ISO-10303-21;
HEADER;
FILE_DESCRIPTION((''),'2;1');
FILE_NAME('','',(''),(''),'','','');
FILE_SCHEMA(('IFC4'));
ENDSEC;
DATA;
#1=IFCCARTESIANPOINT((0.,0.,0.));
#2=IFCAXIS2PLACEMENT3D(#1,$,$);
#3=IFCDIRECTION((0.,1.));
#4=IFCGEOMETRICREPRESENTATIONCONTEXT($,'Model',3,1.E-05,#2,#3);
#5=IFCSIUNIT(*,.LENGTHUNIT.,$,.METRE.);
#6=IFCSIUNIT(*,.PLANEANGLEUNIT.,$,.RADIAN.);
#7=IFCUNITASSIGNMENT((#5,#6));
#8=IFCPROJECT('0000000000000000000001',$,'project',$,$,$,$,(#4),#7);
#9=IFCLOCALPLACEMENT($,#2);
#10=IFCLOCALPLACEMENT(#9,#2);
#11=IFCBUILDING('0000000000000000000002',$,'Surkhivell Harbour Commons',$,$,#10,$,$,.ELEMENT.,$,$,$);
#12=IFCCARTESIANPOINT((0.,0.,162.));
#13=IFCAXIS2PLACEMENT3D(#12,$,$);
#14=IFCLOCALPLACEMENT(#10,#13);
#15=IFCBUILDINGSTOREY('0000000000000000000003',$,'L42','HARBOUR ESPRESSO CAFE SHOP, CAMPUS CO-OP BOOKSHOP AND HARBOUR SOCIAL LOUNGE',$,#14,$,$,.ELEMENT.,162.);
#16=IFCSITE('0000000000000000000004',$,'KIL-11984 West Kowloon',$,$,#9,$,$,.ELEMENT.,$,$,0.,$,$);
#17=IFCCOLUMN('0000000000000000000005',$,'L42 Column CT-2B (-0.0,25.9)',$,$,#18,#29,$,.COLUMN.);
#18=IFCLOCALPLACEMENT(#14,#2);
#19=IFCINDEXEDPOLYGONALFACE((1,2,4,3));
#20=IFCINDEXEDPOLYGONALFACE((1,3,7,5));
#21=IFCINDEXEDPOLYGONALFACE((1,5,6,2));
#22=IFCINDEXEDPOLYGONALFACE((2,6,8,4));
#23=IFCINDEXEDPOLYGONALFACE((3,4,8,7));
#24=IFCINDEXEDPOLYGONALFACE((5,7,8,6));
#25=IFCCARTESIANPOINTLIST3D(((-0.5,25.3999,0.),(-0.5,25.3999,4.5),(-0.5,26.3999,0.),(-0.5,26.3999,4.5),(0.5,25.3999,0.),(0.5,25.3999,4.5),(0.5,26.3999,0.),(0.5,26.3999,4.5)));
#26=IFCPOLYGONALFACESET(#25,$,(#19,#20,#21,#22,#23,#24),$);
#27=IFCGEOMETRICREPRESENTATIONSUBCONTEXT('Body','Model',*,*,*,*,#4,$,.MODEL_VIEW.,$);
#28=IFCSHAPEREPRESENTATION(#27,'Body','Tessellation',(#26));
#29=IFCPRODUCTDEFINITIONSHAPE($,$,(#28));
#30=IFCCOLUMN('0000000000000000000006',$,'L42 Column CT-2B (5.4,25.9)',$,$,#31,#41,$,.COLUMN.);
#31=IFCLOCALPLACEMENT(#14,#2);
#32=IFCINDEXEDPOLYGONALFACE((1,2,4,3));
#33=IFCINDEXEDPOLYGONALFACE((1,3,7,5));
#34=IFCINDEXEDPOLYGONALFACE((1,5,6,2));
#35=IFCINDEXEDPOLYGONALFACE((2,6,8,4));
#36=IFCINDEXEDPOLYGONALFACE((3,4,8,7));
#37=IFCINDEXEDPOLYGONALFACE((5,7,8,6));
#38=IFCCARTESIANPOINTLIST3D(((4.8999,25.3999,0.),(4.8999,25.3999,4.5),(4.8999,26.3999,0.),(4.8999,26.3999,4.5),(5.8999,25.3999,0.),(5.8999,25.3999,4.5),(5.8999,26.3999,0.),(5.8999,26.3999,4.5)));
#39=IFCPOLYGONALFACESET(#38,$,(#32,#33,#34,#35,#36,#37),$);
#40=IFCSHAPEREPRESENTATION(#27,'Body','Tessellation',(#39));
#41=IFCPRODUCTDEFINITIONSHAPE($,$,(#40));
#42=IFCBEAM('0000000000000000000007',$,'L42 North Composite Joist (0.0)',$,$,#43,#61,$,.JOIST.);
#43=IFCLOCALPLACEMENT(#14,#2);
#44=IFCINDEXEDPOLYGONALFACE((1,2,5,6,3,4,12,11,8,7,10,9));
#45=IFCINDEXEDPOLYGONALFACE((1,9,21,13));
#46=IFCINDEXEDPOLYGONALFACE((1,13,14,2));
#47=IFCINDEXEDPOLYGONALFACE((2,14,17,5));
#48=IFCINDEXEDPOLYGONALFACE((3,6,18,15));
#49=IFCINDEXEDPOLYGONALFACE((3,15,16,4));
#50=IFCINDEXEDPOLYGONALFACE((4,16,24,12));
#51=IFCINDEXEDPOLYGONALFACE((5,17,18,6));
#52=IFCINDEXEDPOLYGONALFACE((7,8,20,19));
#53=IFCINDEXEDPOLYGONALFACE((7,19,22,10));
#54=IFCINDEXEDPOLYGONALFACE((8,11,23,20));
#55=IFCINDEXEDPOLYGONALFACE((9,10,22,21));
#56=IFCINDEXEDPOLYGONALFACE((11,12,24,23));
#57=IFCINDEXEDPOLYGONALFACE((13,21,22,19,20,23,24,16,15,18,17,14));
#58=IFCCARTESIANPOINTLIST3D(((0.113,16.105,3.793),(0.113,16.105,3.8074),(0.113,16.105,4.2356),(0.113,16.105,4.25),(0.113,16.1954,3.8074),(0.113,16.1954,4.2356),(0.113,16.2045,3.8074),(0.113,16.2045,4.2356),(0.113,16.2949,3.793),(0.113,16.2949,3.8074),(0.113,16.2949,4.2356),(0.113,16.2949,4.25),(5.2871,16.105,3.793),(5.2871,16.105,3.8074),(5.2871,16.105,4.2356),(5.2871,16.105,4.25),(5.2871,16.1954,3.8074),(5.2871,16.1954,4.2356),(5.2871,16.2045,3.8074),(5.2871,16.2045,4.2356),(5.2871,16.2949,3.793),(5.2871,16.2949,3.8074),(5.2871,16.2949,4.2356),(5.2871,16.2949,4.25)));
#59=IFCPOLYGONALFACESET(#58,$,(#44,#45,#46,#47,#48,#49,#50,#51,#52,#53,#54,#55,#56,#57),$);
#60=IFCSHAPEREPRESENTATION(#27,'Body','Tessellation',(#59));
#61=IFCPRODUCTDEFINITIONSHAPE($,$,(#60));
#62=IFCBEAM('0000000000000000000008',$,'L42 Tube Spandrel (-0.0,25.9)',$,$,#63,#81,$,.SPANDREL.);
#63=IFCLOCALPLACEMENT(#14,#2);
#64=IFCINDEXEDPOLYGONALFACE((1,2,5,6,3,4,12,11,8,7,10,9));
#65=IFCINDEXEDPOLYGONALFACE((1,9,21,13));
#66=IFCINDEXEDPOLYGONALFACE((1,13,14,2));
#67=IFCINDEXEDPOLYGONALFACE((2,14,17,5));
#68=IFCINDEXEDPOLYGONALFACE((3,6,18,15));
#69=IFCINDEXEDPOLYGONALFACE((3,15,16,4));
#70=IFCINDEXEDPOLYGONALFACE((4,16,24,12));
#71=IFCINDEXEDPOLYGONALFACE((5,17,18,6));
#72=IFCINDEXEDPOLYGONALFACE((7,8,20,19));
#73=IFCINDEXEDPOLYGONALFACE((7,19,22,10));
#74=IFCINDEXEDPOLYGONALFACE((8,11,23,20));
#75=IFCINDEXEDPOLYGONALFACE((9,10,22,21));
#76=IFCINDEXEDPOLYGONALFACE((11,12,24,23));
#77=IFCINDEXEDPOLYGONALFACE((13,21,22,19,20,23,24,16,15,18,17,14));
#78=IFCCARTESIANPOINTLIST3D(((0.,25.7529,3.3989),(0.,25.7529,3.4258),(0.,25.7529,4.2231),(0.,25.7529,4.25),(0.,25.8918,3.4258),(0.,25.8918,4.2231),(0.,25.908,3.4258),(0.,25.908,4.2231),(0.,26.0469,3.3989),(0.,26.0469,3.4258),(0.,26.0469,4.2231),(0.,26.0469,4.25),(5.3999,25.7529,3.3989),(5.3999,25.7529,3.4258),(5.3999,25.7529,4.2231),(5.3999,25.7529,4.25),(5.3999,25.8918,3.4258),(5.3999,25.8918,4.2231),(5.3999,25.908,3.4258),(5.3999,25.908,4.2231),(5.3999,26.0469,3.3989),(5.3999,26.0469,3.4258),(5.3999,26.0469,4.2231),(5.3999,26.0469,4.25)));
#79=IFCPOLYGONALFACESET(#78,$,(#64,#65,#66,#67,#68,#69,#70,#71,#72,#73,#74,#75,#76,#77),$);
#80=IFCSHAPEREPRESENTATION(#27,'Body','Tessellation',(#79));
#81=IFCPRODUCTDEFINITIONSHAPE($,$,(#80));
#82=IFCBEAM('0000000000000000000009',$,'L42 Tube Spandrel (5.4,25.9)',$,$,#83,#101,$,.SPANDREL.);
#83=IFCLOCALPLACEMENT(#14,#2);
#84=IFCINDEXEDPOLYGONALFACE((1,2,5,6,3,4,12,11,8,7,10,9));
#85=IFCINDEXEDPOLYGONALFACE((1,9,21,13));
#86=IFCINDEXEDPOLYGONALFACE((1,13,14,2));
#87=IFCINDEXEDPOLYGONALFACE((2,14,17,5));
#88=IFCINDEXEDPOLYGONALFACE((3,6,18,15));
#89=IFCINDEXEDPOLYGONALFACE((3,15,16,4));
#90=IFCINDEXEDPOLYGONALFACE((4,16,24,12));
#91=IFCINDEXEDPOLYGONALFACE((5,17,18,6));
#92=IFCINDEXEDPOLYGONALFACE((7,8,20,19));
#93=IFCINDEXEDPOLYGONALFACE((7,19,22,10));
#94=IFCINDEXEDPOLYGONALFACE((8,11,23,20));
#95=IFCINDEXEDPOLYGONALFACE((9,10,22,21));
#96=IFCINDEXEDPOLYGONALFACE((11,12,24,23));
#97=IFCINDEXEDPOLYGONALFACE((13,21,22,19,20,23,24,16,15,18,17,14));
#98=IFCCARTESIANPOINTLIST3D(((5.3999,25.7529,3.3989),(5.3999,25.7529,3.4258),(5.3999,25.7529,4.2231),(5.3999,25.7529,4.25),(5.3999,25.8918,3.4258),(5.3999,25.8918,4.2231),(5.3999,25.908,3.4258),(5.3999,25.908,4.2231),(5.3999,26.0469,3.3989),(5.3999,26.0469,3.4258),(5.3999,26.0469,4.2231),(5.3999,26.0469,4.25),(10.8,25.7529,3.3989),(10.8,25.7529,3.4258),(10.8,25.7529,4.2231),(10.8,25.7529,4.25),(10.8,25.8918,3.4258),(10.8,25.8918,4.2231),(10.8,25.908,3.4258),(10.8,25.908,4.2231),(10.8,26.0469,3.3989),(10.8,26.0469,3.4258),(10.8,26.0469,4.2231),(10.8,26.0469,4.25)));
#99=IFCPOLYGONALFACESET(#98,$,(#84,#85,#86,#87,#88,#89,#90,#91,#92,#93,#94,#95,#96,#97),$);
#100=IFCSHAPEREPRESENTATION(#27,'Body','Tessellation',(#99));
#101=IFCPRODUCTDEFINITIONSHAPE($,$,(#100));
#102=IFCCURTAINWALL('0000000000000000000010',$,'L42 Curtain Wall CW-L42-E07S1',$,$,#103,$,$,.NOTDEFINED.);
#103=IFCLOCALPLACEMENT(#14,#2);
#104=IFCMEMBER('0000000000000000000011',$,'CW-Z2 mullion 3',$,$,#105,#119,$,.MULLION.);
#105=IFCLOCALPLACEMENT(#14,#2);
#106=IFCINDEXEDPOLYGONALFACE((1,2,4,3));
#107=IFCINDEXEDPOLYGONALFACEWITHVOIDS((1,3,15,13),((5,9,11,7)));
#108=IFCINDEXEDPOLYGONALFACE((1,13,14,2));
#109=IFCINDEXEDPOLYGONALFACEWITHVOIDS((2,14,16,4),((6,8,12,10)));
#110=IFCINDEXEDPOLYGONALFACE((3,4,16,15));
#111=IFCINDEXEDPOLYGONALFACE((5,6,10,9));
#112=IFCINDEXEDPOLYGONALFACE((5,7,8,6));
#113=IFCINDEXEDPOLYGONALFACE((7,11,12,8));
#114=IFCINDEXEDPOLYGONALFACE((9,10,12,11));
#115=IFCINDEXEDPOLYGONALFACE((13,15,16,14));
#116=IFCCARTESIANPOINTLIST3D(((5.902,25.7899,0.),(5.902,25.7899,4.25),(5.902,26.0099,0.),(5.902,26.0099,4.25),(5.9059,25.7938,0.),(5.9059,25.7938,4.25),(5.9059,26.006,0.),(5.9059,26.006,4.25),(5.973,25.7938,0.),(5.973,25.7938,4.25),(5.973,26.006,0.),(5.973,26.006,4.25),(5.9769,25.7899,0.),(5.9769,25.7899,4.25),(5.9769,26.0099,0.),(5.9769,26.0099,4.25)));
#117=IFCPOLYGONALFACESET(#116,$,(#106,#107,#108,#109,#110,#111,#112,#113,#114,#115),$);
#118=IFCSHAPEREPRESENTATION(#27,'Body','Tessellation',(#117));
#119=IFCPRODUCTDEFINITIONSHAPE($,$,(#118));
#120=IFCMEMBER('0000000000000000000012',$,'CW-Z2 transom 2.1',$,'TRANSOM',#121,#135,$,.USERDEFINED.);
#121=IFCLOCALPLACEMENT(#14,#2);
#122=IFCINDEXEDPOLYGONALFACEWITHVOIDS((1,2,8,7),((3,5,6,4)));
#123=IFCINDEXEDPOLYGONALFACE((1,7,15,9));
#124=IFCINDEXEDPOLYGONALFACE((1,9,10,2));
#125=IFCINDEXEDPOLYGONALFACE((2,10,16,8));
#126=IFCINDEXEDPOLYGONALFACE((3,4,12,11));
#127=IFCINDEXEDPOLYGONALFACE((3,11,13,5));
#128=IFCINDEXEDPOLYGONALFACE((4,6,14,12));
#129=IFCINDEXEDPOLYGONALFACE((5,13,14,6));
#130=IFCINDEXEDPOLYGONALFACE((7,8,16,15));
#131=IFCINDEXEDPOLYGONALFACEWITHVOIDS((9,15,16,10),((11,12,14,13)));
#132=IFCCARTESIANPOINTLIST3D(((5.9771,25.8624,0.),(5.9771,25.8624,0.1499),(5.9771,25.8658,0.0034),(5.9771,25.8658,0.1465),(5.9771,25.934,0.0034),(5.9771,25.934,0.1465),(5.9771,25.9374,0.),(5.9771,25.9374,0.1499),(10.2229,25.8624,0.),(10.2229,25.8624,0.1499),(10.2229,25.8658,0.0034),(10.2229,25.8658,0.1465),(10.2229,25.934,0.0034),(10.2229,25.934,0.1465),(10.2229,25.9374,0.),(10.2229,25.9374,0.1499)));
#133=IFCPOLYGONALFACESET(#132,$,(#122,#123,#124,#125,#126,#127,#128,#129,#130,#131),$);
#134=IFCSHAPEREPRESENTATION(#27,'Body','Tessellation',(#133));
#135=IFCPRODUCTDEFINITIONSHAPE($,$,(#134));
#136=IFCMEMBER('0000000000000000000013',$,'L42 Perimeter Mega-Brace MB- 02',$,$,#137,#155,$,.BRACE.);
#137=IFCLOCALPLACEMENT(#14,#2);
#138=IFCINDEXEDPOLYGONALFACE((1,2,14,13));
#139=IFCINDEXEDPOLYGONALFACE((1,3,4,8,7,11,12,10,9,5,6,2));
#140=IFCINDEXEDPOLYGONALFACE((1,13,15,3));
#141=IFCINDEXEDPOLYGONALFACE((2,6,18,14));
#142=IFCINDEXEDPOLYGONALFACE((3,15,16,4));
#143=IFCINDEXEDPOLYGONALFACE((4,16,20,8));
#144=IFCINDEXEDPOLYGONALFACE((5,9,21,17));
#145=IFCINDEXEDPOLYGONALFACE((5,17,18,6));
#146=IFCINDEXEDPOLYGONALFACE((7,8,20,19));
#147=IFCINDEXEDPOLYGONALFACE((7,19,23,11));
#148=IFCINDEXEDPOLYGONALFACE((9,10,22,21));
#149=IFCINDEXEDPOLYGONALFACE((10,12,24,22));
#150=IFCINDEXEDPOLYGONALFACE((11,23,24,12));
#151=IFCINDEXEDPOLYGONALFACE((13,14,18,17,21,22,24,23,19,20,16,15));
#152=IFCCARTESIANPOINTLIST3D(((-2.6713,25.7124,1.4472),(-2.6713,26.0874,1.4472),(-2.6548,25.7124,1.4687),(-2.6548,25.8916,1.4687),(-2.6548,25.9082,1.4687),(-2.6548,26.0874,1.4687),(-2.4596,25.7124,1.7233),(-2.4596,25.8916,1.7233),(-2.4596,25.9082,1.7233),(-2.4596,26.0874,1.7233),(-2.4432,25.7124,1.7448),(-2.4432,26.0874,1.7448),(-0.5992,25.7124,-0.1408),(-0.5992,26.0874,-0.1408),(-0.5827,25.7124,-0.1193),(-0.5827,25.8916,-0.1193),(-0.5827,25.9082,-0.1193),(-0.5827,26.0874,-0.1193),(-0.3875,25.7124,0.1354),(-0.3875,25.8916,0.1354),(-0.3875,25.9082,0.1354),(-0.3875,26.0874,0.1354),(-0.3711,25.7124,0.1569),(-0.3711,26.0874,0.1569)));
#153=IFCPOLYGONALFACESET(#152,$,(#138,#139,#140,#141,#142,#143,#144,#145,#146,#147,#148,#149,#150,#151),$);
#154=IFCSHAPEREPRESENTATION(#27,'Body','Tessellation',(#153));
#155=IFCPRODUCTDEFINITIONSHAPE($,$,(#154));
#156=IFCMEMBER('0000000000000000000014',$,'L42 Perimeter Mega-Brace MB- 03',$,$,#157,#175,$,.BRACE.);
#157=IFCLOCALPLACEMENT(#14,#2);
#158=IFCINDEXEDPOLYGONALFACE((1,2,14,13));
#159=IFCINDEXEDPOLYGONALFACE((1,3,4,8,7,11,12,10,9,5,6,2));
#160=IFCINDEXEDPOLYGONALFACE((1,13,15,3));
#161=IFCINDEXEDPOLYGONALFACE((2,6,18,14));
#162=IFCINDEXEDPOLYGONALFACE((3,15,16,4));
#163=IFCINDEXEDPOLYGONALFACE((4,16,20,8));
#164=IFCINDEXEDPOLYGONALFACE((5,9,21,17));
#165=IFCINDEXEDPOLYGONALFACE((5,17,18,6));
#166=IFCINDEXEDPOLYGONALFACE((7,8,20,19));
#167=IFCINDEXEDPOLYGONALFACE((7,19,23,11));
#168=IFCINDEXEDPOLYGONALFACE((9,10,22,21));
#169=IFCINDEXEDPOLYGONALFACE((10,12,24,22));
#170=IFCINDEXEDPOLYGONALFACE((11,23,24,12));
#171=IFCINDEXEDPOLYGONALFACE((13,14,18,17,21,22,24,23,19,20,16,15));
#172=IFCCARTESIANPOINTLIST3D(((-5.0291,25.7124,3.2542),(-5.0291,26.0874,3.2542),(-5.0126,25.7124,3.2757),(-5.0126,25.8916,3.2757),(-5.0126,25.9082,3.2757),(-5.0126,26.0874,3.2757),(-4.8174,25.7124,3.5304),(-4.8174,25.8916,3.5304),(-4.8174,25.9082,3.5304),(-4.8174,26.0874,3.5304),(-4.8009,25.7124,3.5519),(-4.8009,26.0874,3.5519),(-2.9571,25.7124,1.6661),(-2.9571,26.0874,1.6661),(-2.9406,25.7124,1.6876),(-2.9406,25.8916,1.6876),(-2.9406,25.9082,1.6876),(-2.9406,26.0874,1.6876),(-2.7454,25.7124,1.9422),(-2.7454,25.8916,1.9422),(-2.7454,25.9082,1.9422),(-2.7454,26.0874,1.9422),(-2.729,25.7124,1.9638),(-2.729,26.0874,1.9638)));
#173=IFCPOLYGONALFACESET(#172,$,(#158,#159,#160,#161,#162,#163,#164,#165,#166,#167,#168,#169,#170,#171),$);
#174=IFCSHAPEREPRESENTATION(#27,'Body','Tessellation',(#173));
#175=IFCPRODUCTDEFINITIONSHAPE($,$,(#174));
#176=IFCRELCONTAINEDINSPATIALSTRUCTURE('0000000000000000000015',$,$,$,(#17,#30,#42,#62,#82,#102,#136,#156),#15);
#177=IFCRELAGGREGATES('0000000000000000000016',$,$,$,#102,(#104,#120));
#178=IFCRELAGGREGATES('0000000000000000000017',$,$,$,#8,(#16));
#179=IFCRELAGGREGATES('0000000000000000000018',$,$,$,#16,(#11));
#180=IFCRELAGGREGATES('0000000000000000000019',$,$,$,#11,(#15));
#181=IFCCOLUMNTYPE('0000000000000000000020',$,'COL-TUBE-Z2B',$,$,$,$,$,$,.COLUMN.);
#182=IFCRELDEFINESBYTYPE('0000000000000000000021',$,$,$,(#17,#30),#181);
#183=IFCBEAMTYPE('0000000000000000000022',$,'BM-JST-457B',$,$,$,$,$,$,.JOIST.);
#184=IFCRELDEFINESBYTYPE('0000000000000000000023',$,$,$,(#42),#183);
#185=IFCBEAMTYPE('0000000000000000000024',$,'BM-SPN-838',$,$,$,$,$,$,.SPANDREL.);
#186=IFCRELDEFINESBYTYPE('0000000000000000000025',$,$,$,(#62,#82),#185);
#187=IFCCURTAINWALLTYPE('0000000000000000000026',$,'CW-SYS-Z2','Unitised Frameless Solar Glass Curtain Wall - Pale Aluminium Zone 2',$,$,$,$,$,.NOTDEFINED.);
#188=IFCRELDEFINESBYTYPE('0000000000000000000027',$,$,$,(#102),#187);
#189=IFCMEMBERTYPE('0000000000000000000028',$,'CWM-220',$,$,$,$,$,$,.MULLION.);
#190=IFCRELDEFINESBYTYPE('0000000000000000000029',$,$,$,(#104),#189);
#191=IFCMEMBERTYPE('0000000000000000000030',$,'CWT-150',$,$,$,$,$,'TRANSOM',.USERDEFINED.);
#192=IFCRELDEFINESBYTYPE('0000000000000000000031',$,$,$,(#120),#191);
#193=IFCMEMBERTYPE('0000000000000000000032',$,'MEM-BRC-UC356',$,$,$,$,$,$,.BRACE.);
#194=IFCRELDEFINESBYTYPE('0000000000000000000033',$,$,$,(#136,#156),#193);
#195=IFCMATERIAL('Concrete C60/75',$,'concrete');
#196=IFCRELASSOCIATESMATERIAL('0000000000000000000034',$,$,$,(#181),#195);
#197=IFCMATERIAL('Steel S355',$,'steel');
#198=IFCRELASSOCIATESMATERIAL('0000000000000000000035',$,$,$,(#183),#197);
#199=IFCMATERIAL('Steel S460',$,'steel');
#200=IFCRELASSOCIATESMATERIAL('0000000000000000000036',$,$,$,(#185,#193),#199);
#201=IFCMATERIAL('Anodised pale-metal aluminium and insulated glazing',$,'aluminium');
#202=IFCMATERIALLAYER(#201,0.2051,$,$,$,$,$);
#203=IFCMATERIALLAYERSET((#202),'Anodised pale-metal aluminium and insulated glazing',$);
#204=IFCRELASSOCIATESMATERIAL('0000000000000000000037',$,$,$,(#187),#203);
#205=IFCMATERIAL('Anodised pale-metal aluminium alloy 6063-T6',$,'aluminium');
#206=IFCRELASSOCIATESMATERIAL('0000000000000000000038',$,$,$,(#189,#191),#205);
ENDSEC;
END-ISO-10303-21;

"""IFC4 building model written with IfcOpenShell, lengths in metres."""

from ifc_helpers import new_model, si_unit, direction, frame, origin, origin_2d, place, context, subcontext, project, spatial, rectangle, hollow_rectangle, i_section, extrude, material, layer, layer_set, material_profile, profile_set, type_object, element, aggregate, save


model = new_model("IFC4")

# Units and contexts
model_context = context("Model", 3, precision=1e-05, world=origin(), true_north=direction((0.0, 1.0)))
body_context = subcontext(model_context, "Body", "Model", "MODEL_VIEW")
ifc_project = project(units=[si_unit("LENGTHUNIT", "METRE"), si_unit("PLANEANGLEUNIT", "RADIAN")], contexts=[model_context])

# Site, building, storey
site_placement = place(None, origin())
site = spatial("IfcSite", under=ifc_project, at=site_placement, Name="KIL-11984 West Kowloon", CompositionType="ELEMENT", RefElevation=0.0)
building_placement = place(site_placement, origin())
building = spatial("IfcBuilding", under=site, at=building_placement, Name="Surkhivell Harbour Commons", CompositionType="ELEMENT")
storey_placement = place(building_placement, frame((0.0, 0.0, 162.0)))
storey = spatial("IfcBuildingStorey", under=building, at=storey_placement, Name="L42", Description="HARBOUR ESPRESSO CAFE SHOP, CAMPUS CO-OP BOOKSHOP AND HARBOUR SOCIAL LOUNGE", CompositionType="ELEMENT", Elevation=162.0)

# Columns
ifc_material_1 = material(Name="Concrete C60/75", Category="concrete")
ifc_material_profile_1 = material_profile(ifc_material_1, rectangle(XDim=1.0, YDim=1.0, at=origin_2d()), Name="RC-COL-1000x1000")
ifc_profile_set_1 = profile_set([ifc_material_profile_1], Name="Concrete C60/75")
column_type = type_object("IfcColumnType", Name="COL-TUBE-Z2B", PredefinedType="COLUMN", material=ifc_profile_set_1)
for number, where, z_axis, x_axis, name in (
    (1, (0.0, 25.8999, 0.0), (0.0, 0.0, 1.0), (1.0, 0.0, 0.0), "L42 Column CT-2B (-0.0,25.9)"),
    (2, (5.3999, 25.8999, 0.0), (0.0, 0.0, 1.0), (1.0, 0.0, 0.0), "L42 Column CT-2B (5.4,25.9)"),
):
    element("IfcColumn", number, at=place(storey_placement, frame(where, z_axis=z_axis, x_axis=x_axis)), inside=storey, type_object=column_type, Name=name, PredefinedType="COLUMN", context=body_context, shape_type="SweptSolid", body=[
        extrude(rectangle(XDim=1.0, YDim=1.0, at=origin_2d()), origin(), (0.0, 0.0, 1.0), 4.5),
    ])

# Beams
ifc_material_2 = material(Name="Steel S355", Category="steel")
ifc_material_profile_2 = material_profile(ifc_material_2, i_section(OverallWidth=0.1899, OverallDepth=0.457, WebThickness=0.009, FlangeThickness=0.0144, at=origin_2d()), Name="UB457x191x74")
ifc_profile_set_2 = profile_set([ifc_material_profile_2], Name="Steel S355")
beam_type_1 = type_object("IfcBeamType", Name="BM-JST-457B", PredefinedType="JOIST", material=ifc_profile_set_2)
beam_1_placement = place(storey_placement, frame((0.113, 16.2, 4.0215), z_axis=(1.0, 0.0, 0.0), x_axis=(0.0, 1.0, 0.0)))
element("IfcBeam", 3, at=beam_1_placement, inside=storey, type_object=beam_type_1, Name="L42 North Composite Joist (0.0)", PredefinedType="JOIST", context=body_context, shape_type="SweptSolid", body=[
    extrude(i_section(OverallWidth=0.1899, OverallDepth=0.457, WebThickness=0.009, FlangeThickness=0.0144, at=origin_2d()), origin(), (0.0, 0.0, 1.0), 5.1741),
])
ifc_material_3 = material(Name="Steel S460", Category="steel")
ifc_material_profile_3 = material_profile(ifc_material_3, i_section(OverallWidth=0.2939, OverallDepth=0.8511, WebThickness=0.0161, FlangeThickness=0.0269, at=origin_2d()), Name="UB838x292x226")
ifc_profile_set_3 = profile_set([ifc_material_profile_3], Name="Steel S460")
beam_type_2 = type_object("IfcBeamType", Name="BM-SPN-838", PredefinedType="SPANDREL", material=ifc_profile_set_3)
beam_2_placement = place(storey_placement, frame((0.0, 25.8999, 3.8245), z_axis=(1.0, 0.0, 0.0), x_axis=(0.0, 1.0, 0.0)))
element("IfcBeam", 4, at=beam_2_placement, inside=storey, type_object=beam_type_2, Name="L42 Tube Spandrel (-0.0,25.9)", PredefinedType="SPANDREL", context=body_context, shape_type="SweptSolid", body=[
    extrude(i_section(OverallWidth=0.2939, OverallDepth=0.8511, WebThickness=0.0161, FlangeThickness=0.0269, at=origin_2d()), origin(), (0.0, 0.0, 1.0), 5.3999),
])
beam_3_placement = place(storey_placement, frame((5.3999, 25.8999, 3.8245), z_axis=(1.0, 0.0, 0.0), x_axis=(0.0, 1.0, 0.0)))
element("IfcBeam", 5, at=beam_3_placement, inside=storey, type_object=beam_type_2, Name="L42 Tube Spandrel (5.4,25.9)", PredefinedType="SPANDREL", context=body_context, shape_type="SweptSolid", body=[
    extrude(i_section(OverallWidth=0.2939, OverallDepth=0.8511, WebThickness=0.0161, FlangeThickness=0.0269, at=origin_2d()), origin(), (0.0, 0.0, 1.0), 5.4001),
])

# Curtain wall, members
ifc_material_4 = material(Name="Anodised pale-metal aluminium and insulated glazing", Category="aluminium")
ifc_layer_1 = layer(ifc_material_4, 0.2051)
ifc_layer_set_1 = layer_set([ifc_layer_1], Name="Anodised pale-metal aluminium and insulated glazing")
curtain_wall_type = type_object("IfcCurtainWallType", Name="CW-SYS-Z2", Description="Unitised Frameless Solar Glass Curtain Wall - Pale Aluminium Zone 2", PredefinedType="NOTDEFINED", material=ifc_layer_set_1)
curtain_wall_placement = place(storey_placement, origin())
curtain_wall = element("IfcCurtainWall", 6, at=curtain_wall_placement, inside=storey, type_object=curtain_wall_type, Name="L42 Curtain Wall CW-L42-E07S1", PredefinedType="NOTDEFINED")
ifc_material_5 = material(Name="Anodised pale-metal aluminium alloy 6063-T6", Category="aluminium")
ifc_material_profile_4 = material_profile(ifc_material_5, hollow_rectangle(XDim=0.075, YDim=0.22, WallThickness=0.0039, at=origin_2d()), Name="ALU-MULL-75x220")
ifc_profile_set_4 = profile_set([ifc_material_profile_4], Name="Anodised pale-metal aluminium alloy 6063-T6")
member_type_1 = type_object("IfcMemberType", Name="CWM-220", PredefinedType="MULLION", material=ifc_profile_set_4)
member_1_placement = place(storey_placement, frame((5.9395, 25.8999, 0.0), z_axis=(0.0, 0.0, 1.0), x_axis=(-1.0, 0.0, 0.0)))
member_1 = element("IfcMember", 7, at=member_1_placement, type_object=member_type_1, Name="CW-Z2 mullion 3", PredefinedType="MULLION", context=body_context, shape_type="SweptSolid", body=[
    extrude(hollow_rectangle(XDim=0.075, YDim=0.22, WallThickness=0.0039, at=origin_2d()), origin(), (0.0, 0.0, 1.0), 4.25),
])
ifc_material_profile_5 = material_profile(ifc_material_5, hollow_rectangle(XDim=0.075, YDim=0.1499, WallThickness=0.0034, at=origin_2d()), Name="ALU-TRAN-75x150")
ifc_profile_set_5 = profile_set([ifc_material_profile_5], Name="Anodised pale-metal aluminium alloy 6063-T6")
member_type_2 = type_object("IfcMemberType", Name="CWT-150", ElementType="TRANSOM", PredefinedType="USERDEFINED", material=ifc_profile_set_5)
member_2_placement = place(storey_placement, frame((10.2229, 25.8999, 0.075), z_axis=(-1.0, 0.0, 0.0), x_axis=(0.0, -1.0, 0.0)))
member_2 = element("IfcMember", 8, at=member_2_placement, type_object=member_type_2, Name="CW-Z2 transom 2.1", ObjectType="TRANSOM", PredefinedType="USERDEFINED", context=body_context, shape_type="SweptSolid", body=[
    extrude(hollow_rectangle(XDim=0.075, YDim=0.1499, WallThickness=0.0034, at=origin_2d()), origin(), (0.0, 0.0, 1.0), 4.2458),
])

# Members
ifc_material_profile_6 = material_profile(ifc_material_3, i_section(OverallWidth=0.375, OverallDepth=0.375, WebThickness=0.0166, FlangeThickness=0.0271, at=origin_2d()), Name="UC356x368x202")
ifc_profile_set_6 = profile_set([ifc_material_profile_6], Name="Steel S460")
member_type_3 = type_object("IfcMemberType", Name="MEM-BRC-UC356", PredefinedType="BRACE", material=ifc_profile_set_6)
for number, where, z_axis, x_axis, name in (
    (9, (-0.4851, 25.8999, 0.0081), (-0.793728, 0.0, 0.608272), (0.0, -1.0, 0.0), "L42 Perimeter Mega-Brace MB- 02"),
    (10, (-2.843, 25.8999, 1.8149), (-0.793683, 0.0, 0.608331), (0.0, -1.0, 0.0), "L42 Perimeter Mega-Brace MB- 03"),
):
    element("IfcMember", number, at=place(storey_placement, frame(where, z_axis=z_axis, x_axis=x_axis)), inside=storey, type_object=member_type_3, Name=name, PredefinedType="BRACE", context=body_context, shape_type="SweptSolid", body=[
        extrude(i_section(OverallWidth=0.375, OverallDepth=0.375, WebThickness=0.0166, FlangeThickness=0.0271, at=origin_2d()), origin(), (0.0, 0.0, 1.0), 2.6106),
    ])

aggregate(curtain_wall, [member_1, member_2])

save(model, "model.ifc")
